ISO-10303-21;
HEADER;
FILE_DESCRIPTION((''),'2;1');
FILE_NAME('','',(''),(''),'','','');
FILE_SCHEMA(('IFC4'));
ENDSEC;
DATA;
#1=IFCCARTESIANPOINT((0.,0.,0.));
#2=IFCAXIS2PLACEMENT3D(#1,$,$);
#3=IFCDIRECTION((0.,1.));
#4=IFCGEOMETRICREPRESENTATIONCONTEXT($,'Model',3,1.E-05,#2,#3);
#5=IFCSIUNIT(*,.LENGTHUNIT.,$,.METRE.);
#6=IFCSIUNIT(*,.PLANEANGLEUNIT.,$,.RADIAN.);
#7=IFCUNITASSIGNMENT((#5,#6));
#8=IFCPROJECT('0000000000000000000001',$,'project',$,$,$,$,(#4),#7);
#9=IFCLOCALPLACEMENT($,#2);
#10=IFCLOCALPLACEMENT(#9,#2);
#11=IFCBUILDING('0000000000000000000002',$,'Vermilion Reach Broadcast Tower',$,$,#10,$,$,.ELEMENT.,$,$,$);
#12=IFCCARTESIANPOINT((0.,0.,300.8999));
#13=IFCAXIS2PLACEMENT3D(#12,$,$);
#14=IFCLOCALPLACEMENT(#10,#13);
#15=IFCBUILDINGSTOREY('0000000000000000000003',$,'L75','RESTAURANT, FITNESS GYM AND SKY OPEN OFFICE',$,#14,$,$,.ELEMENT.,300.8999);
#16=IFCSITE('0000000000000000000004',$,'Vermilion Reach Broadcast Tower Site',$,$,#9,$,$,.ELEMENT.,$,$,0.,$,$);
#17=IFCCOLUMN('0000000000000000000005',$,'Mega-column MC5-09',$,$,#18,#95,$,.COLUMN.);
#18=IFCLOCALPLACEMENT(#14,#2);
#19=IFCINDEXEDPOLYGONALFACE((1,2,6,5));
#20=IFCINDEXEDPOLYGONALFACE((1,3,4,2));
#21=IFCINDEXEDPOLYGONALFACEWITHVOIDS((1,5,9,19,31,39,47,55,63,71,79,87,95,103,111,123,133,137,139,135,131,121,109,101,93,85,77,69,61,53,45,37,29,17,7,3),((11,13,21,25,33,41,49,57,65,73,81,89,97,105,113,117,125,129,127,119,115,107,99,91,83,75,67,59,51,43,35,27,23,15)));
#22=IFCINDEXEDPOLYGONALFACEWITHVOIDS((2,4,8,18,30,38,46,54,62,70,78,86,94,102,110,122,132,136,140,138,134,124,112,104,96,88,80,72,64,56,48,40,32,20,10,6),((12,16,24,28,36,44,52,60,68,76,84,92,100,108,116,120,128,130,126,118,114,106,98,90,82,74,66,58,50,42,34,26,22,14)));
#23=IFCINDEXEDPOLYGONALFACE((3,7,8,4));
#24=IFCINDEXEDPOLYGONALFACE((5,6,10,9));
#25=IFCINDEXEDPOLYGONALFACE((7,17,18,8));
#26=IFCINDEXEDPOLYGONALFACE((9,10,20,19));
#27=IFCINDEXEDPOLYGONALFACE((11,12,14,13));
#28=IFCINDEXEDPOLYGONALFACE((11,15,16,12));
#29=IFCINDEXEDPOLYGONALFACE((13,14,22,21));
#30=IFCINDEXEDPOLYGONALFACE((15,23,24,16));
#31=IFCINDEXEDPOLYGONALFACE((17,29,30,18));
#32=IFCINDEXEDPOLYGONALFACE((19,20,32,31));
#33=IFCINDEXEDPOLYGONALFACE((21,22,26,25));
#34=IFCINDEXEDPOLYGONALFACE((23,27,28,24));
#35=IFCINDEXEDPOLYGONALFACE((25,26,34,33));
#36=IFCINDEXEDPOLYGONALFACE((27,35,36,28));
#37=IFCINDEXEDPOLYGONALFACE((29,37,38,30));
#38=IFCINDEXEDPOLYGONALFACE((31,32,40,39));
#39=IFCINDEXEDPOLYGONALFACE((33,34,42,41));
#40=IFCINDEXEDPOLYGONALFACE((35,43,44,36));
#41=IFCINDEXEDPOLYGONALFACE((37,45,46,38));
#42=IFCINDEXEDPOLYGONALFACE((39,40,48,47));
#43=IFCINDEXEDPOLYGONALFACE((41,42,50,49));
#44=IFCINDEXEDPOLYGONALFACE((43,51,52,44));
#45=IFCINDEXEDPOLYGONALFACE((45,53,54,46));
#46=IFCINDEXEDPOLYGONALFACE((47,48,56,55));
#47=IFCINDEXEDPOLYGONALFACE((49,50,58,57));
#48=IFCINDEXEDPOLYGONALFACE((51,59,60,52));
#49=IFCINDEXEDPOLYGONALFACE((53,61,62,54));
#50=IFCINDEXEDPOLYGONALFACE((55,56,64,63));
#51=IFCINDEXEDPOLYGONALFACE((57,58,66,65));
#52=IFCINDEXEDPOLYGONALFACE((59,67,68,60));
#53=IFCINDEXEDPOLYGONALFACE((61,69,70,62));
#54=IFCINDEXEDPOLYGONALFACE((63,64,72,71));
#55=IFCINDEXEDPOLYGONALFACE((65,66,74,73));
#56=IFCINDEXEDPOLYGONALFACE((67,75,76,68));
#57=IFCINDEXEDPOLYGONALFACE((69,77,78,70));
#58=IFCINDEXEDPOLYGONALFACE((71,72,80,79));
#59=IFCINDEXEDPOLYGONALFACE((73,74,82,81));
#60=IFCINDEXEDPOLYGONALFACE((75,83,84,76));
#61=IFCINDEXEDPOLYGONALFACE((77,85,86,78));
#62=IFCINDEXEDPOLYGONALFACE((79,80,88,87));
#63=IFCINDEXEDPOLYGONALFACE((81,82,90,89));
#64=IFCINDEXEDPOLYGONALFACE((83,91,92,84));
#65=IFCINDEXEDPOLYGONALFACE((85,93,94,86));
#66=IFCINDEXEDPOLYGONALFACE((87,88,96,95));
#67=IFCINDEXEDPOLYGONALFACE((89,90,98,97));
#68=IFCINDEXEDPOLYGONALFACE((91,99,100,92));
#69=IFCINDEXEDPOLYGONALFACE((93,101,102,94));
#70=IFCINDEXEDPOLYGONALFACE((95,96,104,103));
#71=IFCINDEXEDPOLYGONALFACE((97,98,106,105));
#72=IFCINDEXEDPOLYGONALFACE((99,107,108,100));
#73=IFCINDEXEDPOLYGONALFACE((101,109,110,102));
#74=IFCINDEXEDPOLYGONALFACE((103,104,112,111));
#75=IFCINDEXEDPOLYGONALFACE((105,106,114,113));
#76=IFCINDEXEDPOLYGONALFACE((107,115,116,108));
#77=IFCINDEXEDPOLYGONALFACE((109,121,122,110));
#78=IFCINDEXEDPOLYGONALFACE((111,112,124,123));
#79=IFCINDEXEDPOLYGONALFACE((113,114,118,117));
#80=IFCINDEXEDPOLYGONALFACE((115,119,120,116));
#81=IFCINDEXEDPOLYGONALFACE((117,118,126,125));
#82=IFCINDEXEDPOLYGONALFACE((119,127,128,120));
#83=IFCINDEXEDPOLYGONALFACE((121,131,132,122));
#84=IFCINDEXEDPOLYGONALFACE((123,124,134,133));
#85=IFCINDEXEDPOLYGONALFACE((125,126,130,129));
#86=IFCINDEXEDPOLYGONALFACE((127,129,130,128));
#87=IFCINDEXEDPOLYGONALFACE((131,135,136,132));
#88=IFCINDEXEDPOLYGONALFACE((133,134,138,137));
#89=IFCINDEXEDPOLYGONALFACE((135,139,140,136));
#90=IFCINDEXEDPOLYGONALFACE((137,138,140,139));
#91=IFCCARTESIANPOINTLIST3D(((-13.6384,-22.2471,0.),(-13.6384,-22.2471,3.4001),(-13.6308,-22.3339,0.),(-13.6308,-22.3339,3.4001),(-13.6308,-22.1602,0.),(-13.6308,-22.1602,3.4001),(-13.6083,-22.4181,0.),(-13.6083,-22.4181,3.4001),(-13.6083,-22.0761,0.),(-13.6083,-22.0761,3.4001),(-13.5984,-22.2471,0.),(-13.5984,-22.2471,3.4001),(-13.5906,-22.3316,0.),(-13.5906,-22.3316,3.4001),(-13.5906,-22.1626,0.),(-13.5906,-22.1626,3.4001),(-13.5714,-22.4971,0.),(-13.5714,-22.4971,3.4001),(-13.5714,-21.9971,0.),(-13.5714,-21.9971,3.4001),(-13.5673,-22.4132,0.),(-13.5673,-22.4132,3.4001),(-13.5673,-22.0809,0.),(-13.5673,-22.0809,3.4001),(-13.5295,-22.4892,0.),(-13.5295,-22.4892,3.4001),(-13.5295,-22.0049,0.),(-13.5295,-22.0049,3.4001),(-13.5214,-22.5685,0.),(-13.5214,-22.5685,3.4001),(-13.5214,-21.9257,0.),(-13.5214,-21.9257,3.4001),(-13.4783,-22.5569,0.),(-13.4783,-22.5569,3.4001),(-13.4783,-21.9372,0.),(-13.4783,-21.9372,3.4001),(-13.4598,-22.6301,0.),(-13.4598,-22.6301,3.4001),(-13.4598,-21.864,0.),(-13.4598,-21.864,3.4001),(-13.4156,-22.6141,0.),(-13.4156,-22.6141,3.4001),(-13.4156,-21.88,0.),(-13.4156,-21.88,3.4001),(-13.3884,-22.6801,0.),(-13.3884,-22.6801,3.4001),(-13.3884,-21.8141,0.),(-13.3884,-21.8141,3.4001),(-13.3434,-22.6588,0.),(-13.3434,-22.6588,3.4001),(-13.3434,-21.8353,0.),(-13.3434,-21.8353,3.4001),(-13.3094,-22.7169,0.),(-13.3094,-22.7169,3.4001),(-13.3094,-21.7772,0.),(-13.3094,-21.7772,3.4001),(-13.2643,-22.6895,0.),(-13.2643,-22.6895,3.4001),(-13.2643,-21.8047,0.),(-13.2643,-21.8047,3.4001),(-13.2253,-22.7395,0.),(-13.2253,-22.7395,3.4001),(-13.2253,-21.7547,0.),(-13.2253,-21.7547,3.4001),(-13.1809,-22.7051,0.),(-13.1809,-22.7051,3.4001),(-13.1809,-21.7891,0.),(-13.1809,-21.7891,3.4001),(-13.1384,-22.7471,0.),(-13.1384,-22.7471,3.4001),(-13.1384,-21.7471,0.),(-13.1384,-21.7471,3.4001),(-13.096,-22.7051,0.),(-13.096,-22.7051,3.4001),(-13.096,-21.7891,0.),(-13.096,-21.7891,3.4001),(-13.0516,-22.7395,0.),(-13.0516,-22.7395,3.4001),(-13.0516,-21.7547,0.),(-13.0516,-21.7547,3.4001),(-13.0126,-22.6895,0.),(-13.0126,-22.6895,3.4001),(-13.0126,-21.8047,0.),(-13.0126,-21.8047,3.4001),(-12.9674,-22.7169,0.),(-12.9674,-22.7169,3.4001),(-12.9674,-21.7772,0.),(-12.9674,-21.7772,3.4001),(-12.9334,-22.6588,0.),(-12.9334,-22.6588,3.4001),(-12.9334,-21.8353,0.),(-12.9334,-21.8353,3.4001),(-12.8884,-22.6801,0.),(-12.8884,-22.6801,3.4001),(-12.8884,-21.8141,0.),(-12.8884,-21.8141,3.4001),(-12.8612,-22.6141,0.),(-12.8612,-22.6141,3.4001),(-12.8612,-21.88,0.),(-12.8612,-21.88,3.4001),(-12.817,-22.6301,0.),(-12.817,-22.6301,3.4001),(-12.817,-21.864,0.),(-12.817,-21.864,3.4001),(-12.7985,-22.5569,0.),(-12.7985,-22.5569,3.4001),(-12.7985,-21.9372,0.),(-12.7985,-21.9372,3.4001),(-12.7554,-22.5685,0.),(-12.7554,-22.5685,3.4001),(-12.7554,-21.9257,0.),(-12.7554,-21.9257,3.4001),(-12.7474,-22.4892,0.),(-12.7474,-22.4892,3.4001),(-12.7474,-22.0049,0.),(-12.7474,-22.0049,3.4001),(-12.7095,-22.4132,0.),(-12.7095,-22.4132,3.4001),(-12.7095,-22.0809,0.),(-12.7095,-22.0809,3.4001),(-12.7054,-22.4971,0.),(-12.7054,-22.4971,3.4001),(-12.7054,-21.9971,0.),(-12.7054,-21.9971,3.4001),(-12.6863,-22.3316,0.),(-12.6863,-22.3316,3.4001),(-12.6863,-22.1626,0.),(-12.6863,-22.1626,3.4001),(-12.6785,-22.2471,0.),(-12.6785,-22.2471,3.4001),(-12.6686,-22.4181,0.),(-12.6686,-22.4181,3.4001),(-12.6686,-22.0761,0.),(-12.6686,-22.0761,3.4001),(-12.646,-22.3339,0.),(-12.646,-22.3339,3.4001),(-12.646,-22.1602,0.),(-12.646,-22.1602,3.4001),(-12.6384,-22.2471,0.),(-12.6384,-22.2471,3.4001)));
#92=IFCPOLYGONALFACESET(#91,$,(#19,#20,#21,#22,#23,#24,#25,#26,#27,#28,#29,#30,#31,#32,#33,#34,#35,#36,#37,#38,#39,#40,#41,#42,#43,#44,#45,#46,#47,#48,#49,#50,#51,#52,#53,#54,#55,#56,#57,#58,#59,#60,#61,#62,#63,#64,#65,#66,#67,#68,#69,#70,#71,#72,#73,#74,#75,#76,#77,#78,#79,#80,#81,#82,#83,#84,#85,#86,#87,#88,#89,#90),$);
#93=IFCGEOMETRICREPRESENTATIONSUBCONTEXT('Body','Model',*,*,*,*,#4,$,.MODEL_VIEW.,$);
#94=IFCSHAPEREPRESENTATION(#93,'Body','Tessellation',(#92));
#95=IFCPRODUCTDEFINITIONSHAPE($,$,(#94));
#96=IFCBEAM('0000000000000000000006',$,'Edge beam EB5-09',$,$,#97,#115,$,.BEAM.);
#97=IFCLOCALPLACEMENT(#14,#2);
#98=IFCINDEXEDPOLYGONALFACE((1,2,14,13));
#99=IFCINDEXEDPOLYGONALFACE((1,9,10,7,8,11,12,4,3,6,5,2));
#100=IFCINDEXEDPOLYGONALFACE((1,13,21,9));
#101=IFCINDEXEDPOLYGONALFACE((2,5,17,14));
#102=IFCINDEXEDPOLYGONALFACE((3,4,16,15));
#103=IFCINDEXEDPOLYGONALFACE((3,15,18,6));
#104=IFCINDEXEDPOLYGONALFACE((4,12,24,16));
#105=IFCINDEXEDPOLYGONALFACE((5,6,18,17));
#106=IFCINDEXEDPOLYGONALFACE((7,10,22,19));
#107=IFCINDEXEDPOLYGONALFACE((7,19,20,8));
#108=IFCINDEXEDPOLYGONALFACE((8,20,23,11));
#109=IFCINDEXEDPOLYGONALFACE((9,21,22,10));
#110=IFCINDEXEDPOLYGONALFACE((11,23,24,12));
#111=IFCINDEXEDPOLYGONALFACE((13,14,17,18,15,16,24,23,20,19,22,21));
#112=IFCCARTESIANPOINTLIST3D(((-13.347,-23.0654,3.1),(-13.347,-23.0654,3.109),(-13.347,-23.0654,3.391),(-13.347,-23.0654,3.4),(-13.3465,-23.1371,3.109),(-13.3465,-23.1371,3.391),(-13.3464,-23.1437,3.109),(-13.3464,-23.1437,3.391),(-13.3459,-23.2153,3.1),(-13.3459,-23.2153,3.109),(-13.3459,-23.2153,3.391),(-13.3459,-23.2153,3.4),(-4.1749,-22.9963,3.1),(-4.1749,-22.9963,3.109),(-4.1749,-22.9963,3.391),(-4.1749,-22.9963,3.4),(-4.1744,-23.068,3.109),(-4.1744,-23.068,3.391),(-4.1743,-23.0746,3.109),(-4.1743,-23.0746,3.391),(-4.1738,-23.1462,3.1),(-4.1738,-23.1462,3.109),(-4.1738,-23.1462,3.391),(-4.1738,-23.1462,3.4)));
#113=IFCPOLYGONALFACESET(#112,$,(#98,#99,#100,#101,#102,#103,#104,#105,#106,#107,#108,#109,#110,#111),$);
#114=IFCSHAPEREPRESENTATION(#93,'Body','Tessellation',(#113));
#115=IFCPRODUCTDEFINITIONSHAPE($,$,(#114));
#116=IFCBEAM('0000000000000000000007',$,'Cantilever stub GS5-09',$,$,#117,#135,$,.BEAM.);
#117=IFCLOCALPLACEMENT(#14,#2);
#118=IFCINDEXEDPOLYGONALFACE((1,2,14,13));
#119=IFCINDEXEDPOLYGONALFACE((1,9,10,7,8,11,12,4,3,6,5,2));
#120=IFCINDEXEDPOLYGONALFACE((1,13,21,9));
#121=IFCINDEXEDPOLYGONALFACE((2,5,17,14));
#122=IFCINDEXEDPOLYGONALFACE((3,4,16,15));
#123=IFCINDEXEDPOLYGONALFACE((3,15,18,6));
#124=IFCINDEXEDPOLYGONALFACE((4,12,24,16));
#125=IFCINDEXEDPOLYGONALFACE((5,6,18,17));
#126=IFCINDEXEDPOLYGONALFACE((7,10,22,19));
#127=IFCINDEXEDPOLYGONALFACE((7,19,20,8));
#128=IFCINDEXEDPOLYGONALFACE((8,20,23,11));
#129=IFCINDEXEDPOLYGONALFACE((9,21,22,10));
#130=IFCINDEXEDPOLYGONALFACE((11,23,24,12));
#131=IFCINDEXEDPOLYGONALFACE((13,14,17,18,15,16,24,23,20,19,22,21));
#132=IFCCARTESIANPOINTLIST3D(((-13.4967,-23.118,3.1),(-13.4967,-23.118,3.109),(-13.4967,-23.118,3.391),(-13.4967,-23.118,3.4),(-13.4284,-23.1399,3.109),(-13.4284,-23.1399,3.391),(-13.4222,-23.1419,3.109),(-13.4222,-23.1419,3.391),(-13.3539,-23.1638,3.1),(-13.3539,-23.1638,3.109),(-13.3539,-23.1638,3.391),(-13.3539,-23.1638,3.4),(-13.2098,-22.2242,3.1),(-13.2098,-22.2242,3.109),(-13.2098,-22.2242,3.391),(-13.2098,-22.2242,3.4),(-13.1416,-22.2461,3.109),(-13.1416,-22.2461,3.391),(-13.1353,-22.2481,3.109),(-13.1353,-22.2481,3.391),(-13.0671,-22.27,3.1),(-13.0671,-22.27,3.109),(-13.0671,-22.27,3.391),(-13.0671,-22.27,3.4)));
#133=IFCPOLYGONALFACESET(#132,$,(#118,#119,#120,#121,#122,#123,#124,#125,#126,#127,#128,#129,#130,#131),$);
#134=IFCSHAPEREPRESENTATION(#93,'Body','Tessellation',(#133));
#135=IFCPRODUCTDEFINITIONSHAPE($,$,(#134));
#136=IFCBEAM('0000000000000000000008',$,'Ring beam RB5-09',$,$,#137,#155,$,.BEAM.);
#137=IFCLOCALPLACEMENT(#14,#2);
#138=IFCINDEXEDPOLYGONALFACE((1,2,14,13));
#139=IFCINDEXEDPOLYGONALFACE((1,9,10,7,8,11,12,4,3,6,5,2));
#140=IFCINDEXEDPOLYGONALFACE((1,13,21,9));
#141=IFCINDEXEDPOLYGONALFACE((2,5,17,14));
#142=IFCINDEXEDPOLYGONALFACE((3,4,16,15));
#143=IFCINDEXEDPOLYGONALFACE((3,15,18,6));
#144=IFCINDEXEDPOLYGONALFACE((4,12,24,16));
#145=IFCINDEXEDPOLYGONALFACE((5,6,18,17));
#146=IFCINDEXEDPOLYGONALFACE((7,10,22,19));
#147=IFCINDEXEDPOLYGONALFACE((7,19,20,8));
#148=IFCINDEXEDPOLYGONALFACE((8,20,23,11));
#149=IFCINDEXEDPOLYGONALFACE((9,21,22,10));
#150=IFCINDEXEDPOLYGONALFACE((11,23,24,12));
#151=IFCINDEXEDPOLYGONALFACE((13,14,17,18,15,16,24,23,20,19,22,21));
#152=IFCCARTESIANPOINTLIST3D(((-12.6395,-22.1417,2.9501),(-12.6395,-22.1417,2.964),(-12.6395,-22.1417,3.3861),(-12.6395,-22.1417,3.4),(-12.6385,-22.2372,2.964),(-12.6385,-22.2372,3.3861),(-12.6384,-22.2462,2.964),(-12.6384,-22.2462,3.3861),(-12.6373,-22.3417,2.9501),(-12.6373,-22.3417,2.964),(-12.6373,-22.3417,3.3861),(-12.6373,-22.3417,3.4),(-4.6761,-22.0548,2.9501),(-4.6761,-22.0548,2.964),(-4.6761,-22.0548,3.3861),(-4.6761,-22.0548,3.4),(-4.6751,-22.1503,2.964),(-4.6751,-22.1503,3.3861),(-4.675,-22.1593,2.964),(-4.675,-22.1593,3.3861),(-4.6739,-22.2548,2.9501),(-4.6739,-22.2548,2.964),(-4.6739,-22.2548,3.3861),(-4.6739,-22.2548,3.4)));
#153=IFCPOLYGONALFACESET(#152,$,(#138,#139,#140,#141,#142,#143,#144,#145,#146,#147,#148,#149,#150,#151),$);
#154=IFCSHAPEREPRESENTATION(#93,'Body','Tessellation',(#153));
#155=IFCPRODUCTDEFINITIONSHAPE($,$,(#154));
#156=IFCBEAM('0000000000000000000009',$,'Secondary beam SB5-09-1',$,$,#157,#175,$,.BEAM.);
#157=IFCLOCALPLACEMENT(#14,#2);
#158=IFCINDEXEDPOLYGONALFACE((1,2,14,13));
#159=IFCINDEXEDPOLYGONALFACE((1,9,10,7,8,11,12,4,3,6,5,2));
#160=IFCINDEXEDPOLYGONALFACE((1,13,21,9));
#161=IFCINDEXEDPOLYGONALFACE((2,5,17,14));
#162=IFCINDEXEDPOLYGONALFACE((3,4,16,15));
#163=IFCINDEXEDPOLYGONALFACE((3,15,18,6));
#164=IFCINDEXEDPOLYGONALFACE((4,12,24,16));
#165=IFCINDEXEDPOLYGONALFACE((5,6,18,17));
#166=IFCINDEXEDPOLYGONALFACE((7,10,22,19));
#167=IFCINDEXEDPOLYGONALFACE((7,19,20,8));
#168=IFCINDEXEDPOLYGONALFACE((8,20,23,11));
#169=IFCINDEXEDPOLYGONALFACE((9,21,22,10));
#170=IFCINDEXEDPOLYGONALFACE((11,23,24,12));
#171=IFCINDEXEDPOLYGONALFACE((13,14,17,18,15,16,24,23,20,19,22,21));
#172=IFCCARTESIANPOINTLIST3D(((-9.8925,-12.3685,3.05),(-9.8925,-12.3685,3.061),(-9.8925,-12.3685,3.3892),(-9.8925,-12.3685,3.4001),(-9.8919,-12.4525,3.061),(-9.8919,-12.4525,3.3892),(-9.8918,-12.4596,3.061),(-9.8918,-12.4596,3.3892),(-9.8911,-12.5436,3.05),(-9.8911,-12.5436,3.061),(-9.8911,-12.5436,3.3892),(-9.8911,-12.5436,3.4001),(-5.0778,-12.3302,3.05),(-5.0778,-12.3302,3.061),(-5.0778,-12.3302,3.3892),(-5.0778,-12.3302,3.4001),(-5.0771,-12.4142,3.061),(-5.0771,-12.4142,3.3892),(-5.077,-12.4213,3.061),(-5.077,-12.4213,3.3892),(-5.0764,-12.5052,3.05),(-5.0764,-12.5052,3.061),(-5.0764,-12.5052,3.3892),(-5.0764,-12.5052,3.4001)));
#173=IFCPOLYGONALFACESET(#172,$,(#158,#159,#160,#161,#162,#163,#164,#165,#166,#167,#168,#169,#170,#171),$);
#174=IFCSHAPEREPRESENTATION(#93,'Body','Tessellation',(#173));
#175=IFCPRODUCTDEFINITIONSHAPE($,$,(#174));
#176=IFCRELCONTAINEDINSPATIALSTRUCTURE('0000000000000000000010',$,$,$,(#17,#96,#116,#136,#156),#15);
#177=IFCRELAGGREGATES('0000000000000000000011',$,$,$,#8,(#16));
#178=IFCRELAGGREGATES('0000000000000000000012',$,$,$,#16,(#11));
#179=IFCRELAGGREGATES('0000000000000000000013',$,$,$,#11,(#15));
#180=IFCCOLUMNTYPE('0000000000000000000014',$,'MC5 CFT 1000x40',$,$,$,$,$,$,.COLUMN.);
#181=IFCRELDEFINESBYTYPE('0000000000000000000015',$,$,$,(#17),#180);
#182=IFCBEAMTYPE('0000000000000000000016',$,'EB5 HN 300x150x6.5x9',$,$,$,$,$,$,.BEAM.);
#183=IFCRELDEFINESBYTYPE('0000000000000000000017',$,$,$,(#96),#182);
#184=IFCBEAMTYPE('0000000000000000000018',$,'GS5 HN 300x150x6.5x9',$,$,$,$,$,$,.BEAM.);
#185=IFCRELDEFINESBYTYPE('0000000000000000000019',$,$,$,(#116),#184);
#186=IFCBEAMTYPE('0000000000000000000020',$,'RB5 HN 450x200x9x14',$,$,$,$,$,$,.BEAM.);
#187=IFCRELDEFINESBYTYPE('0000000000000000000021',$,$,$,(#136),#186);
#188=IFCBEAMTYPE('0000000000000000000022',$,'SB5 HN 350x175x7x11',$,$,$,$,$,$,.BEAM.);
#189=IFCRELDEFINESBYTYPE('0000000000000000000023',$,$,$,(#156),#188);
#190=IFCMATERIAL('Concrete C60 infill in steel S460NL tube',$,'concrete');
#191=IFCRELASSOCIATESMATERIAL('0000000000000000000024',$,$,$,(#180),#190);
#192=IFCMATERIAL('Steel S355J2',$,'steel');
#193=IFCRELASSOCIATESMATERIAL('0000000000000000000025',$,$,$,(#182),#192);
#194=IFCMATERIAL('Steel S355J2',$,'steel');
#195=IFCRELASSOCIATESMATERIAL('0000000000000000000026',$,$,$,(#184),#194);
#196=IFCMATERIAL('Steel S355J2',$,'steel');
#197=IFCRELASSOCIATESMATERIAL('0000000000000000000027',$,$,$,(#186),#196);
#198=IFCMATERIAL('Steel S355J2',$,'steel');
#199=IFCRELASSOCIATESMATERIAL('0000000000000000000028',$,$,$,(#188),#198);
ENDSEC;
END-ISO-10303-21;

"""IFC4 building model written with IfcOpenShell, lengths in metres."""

from ifc_helpers import new_model, si_unit, direction, frame, origin, origin_2d, place, context, subcontext, project, spatial, hollow_circle, i_section, extrude, material, material_profile, profile_set, type_object, element, save


model = new_model("IFC4")

# Units and contexts
model_context = context("Model", 3, precision=1e-05, world=origin(), true_north=direction((0.0, 1.0)))
body_context = subcontext(model_context, "Body", "Model", "MODEL_VIEW")
ifc_project = project(units=[si_unit("LENGTHUNIT", "METRE"), si_unit("PLANEANGLEUNIT", "RADIAN")], contexts=[model_context])

# Site, building, storey
site_placement = place(None, origin())
site = spatial("IfcSite", under=ifc_project, at=site_placement, Name="Vermilion Reach Broadcast Tower Site", CompositionType="ELEMENT", RefElevation=0.0)
building_placement = place(site_placement, origin())
building = spatial("IfcBuilding", under=site, at=building_placement, Name="Vermilion Reach Broadcast Tower", CompositionType="ELEMENT")
storey_placement = place(building_placement, frame((0.0, 0.0, 300.8999)))
storey = spatial("IfcBuildingStorey", under=building, at=storey_placement, Name="L75", Description="RESTAURANT, FITNESS GYM AND SKY OPEN OFFICE", CompositionType="ELEMENT", Elevation=300.8999)

# Column
ifc_material_1 = material(Name="Concrete C60 infill in steel S460NL tube", Category="concrete")
ifc_material_profile_1 = material_profile(ifc_material_1, hollow_circle(Radius=0.5, WallThickness=0.04, at=origin_2d()), Name="Concrete C60 infill in steel S460NL tube CFT 1000x40")
ifc_profile_set_1 = profile_set([ifc_material_profile_1], Name="Concrete C60 infill in steel S460NL tube")
column_type = type_object("IfcColumnType", Name="MC5 CFT 1000x40", PredefinedType="COLUMN", material=ifc_profile_set_1)
column_placement = place(storey_placement, frame((-13.1384, -22.2471, 0.0), z_axis=(0.0, 0.0, 1.0), x_axis=(1.0, 0.0, 0.0)))
element("IfcColumn", 1, at=column_placement, inside=storey, type_object=column_type, Name="Mega-column MC5-09", PredefinedType="COLUMN", context=body_context, shape_type="SweptSolid", body=[
    extrude(hollow_circle(Radius=0.5, WallThickness=0.04, at=origin_2d()), origin(), (0.0, 0.0, 1.0), 3.4001),
])

# Beams
ifc_material_2 = material(Name="Steel S355J2", Category="steel")
ifc_material_profile_2 = material_profile(ifc_material_2, i_section(OverallWidth=0.1499, OverallDepth=0.3, WebThickness=0.0066, FlangeThickness=0.009, at=origin_2d()), Name="S355J2 HN 300x150x6.5x9")
ifc_profile_set_2 = profile_set([ifc_material_profile_2], Name="Steel S355J2")
beam_type_1 = type_object("IfcBeamType", Name="EB5 HN 300x150x6.5x9", PredefinedType="BEAM", material=ifc_profile_set_2)
beam_1_placement = place(storey_placement, frame((-13.3464, -23.1404, 3.25), z_axis=(0.999972, 0.007533, 0.0), x_axis=(-0.007533, 0.999972, 0.0)))
element("IfcBeam", 2, at=beam_1_placement, inside=storey, type_object=beam_type_1, Name="Edge beam EB5-09", PredefinedType="BEAM", context=body_context, shape_type="SweptSolid", body=[
    extrude(i_section(OverallWidth=0.1499, OverallDepth=0.3, WebThickness=0.0066, FlangeThickness=0.009, at=origin_2d()), origin(), (0.0, 0.0, 1.0), 9.1724),
])
ifc_material_3 = material(Name="Steel S355J2", Category="steel")
ifc_material_profile_3 = material_profile(ifc_material_3, i_section(OverallWidth=0.1499, OverallDepth=0.3, WebThickness=0.0066, FlangeThickness=0.009, at=origin_2d()), Name="S355J2 HN 300x150x6.5x9")
ifc_profile_set_3 = profile_set([ifc_material_profile_3], Name="Steel S355J2")
beam_type_2 = type_object("IfcBeamType", Name="GS5 HN 300x150x6.5x9", PredefinedType="BEAM", material=ifc_profile_set_3)
beam_2_placement = place(storey_placement, frame((-13.1384, -22.2471, 3.25), z_axis=(-0.305597, -0.952161, 0.0), x_axis=(0.952161, -0.305597, 0.0)))
element("IfcBeam", 3, at=beam_2_placement, inside=storey, type_object=beam_type_2, Name="Cantilever stub GS5-09", PredefinedType="BEAM", context=body_context, shape_type="SweptSolid", body=[
    extrude(i_section(OverallWidth=0.1499, OverallDepth=0.3, WebThickness=0.0066, FlangeThickness=0.009, at=origin_2d()), origin(), (0.0, 0.0, 1.0), 0.9387),
])
ifc_material_4 = material(Name="Steel S355J2", Category="steel")
ifc_material_profile_4 = material_profile(ifc_material_4, i_section(OverallWidth=0.2, OverallDepth=0.45, WebThickness=0.009, FlangeThickness=0.0139, at=origin_2d()), Name="S355J2 HN 450x200x9x14")
ifc_profile_set_4 = profile_set([ifc_material_profile_4], Name="Steel S355J2")
beam_type_3 = type_object("IfcBeamType", Name="RB5 HN 450x200x9x14", PredefinedType="BEAM", material=ifc_profile_set_4)
beam_3_placement = place(storey_placement, frame((-12.6384, -22.2417, 3.175), z_axis=(0.99994, 0.010914, 0.0), x_axis=(-0.010914, 0.99994, 0.0)))
element("IfcBeam", 4, at=beam_3_placement, inside=storey, type_object=beam_type_3, Name="Ring beam RB5-09", PredefinedType="BEAM", context=body_context, shape_type="SweptSolid", body=[
    extrude(i_section(OverallWidth=0.2, OverallDepth=0.45, WebThickness=0.009, FlangeThickness=0.0139, at=origin_2d()), origin(), (0.0, 0.0, 1.0), 7.9639),
])
ifc_material_5 = material(Name="Steel S355J2", Category="steel")
ifc_material_profile_5 = material_profile(ifc_material_5, i_section(OverallWidth=0.175, OverallDepth=0.3501, WebThickness=0.0071, FlangeThickness=0.011, at=origin_2d()), Name="S355J2 HN 350x175x7x11")
ifc_profile_set_5 = profile_set([ifc_material_profile_5], Name="Steel S355J2")
beam_type_4 = type_object("IfcBeamType", Name="SB5 HN 350x175x7x11", PredefinedType="BEAM", material=ifc_profile_set_5)
beam_4_placement = place(storey_placement, frame((-9.8918, -12.4561, 3.2251), z_axis=(0.999968, 0.007961, 0.0), x_axis=(-0.007961, 0.999968, 0.0)))
element("IfcBeam", 5, at=beam_4_placement, inside=storey, type_object=beam_type_4, Name="Secondary beam SB5-09-1", PredefinedType="BEAM", context=body_context, shape_type="SweptSolid", body=[
    extrude(i_section(OverallWidth=0.175, OverallDepth=0.3501, WebThickness=0.0071, FlangeThickness=0.011, at=origin_2d()), origin(), (0.0, 0.0, 1.0), 4.8149),
])

save(model, "model.ifc")
